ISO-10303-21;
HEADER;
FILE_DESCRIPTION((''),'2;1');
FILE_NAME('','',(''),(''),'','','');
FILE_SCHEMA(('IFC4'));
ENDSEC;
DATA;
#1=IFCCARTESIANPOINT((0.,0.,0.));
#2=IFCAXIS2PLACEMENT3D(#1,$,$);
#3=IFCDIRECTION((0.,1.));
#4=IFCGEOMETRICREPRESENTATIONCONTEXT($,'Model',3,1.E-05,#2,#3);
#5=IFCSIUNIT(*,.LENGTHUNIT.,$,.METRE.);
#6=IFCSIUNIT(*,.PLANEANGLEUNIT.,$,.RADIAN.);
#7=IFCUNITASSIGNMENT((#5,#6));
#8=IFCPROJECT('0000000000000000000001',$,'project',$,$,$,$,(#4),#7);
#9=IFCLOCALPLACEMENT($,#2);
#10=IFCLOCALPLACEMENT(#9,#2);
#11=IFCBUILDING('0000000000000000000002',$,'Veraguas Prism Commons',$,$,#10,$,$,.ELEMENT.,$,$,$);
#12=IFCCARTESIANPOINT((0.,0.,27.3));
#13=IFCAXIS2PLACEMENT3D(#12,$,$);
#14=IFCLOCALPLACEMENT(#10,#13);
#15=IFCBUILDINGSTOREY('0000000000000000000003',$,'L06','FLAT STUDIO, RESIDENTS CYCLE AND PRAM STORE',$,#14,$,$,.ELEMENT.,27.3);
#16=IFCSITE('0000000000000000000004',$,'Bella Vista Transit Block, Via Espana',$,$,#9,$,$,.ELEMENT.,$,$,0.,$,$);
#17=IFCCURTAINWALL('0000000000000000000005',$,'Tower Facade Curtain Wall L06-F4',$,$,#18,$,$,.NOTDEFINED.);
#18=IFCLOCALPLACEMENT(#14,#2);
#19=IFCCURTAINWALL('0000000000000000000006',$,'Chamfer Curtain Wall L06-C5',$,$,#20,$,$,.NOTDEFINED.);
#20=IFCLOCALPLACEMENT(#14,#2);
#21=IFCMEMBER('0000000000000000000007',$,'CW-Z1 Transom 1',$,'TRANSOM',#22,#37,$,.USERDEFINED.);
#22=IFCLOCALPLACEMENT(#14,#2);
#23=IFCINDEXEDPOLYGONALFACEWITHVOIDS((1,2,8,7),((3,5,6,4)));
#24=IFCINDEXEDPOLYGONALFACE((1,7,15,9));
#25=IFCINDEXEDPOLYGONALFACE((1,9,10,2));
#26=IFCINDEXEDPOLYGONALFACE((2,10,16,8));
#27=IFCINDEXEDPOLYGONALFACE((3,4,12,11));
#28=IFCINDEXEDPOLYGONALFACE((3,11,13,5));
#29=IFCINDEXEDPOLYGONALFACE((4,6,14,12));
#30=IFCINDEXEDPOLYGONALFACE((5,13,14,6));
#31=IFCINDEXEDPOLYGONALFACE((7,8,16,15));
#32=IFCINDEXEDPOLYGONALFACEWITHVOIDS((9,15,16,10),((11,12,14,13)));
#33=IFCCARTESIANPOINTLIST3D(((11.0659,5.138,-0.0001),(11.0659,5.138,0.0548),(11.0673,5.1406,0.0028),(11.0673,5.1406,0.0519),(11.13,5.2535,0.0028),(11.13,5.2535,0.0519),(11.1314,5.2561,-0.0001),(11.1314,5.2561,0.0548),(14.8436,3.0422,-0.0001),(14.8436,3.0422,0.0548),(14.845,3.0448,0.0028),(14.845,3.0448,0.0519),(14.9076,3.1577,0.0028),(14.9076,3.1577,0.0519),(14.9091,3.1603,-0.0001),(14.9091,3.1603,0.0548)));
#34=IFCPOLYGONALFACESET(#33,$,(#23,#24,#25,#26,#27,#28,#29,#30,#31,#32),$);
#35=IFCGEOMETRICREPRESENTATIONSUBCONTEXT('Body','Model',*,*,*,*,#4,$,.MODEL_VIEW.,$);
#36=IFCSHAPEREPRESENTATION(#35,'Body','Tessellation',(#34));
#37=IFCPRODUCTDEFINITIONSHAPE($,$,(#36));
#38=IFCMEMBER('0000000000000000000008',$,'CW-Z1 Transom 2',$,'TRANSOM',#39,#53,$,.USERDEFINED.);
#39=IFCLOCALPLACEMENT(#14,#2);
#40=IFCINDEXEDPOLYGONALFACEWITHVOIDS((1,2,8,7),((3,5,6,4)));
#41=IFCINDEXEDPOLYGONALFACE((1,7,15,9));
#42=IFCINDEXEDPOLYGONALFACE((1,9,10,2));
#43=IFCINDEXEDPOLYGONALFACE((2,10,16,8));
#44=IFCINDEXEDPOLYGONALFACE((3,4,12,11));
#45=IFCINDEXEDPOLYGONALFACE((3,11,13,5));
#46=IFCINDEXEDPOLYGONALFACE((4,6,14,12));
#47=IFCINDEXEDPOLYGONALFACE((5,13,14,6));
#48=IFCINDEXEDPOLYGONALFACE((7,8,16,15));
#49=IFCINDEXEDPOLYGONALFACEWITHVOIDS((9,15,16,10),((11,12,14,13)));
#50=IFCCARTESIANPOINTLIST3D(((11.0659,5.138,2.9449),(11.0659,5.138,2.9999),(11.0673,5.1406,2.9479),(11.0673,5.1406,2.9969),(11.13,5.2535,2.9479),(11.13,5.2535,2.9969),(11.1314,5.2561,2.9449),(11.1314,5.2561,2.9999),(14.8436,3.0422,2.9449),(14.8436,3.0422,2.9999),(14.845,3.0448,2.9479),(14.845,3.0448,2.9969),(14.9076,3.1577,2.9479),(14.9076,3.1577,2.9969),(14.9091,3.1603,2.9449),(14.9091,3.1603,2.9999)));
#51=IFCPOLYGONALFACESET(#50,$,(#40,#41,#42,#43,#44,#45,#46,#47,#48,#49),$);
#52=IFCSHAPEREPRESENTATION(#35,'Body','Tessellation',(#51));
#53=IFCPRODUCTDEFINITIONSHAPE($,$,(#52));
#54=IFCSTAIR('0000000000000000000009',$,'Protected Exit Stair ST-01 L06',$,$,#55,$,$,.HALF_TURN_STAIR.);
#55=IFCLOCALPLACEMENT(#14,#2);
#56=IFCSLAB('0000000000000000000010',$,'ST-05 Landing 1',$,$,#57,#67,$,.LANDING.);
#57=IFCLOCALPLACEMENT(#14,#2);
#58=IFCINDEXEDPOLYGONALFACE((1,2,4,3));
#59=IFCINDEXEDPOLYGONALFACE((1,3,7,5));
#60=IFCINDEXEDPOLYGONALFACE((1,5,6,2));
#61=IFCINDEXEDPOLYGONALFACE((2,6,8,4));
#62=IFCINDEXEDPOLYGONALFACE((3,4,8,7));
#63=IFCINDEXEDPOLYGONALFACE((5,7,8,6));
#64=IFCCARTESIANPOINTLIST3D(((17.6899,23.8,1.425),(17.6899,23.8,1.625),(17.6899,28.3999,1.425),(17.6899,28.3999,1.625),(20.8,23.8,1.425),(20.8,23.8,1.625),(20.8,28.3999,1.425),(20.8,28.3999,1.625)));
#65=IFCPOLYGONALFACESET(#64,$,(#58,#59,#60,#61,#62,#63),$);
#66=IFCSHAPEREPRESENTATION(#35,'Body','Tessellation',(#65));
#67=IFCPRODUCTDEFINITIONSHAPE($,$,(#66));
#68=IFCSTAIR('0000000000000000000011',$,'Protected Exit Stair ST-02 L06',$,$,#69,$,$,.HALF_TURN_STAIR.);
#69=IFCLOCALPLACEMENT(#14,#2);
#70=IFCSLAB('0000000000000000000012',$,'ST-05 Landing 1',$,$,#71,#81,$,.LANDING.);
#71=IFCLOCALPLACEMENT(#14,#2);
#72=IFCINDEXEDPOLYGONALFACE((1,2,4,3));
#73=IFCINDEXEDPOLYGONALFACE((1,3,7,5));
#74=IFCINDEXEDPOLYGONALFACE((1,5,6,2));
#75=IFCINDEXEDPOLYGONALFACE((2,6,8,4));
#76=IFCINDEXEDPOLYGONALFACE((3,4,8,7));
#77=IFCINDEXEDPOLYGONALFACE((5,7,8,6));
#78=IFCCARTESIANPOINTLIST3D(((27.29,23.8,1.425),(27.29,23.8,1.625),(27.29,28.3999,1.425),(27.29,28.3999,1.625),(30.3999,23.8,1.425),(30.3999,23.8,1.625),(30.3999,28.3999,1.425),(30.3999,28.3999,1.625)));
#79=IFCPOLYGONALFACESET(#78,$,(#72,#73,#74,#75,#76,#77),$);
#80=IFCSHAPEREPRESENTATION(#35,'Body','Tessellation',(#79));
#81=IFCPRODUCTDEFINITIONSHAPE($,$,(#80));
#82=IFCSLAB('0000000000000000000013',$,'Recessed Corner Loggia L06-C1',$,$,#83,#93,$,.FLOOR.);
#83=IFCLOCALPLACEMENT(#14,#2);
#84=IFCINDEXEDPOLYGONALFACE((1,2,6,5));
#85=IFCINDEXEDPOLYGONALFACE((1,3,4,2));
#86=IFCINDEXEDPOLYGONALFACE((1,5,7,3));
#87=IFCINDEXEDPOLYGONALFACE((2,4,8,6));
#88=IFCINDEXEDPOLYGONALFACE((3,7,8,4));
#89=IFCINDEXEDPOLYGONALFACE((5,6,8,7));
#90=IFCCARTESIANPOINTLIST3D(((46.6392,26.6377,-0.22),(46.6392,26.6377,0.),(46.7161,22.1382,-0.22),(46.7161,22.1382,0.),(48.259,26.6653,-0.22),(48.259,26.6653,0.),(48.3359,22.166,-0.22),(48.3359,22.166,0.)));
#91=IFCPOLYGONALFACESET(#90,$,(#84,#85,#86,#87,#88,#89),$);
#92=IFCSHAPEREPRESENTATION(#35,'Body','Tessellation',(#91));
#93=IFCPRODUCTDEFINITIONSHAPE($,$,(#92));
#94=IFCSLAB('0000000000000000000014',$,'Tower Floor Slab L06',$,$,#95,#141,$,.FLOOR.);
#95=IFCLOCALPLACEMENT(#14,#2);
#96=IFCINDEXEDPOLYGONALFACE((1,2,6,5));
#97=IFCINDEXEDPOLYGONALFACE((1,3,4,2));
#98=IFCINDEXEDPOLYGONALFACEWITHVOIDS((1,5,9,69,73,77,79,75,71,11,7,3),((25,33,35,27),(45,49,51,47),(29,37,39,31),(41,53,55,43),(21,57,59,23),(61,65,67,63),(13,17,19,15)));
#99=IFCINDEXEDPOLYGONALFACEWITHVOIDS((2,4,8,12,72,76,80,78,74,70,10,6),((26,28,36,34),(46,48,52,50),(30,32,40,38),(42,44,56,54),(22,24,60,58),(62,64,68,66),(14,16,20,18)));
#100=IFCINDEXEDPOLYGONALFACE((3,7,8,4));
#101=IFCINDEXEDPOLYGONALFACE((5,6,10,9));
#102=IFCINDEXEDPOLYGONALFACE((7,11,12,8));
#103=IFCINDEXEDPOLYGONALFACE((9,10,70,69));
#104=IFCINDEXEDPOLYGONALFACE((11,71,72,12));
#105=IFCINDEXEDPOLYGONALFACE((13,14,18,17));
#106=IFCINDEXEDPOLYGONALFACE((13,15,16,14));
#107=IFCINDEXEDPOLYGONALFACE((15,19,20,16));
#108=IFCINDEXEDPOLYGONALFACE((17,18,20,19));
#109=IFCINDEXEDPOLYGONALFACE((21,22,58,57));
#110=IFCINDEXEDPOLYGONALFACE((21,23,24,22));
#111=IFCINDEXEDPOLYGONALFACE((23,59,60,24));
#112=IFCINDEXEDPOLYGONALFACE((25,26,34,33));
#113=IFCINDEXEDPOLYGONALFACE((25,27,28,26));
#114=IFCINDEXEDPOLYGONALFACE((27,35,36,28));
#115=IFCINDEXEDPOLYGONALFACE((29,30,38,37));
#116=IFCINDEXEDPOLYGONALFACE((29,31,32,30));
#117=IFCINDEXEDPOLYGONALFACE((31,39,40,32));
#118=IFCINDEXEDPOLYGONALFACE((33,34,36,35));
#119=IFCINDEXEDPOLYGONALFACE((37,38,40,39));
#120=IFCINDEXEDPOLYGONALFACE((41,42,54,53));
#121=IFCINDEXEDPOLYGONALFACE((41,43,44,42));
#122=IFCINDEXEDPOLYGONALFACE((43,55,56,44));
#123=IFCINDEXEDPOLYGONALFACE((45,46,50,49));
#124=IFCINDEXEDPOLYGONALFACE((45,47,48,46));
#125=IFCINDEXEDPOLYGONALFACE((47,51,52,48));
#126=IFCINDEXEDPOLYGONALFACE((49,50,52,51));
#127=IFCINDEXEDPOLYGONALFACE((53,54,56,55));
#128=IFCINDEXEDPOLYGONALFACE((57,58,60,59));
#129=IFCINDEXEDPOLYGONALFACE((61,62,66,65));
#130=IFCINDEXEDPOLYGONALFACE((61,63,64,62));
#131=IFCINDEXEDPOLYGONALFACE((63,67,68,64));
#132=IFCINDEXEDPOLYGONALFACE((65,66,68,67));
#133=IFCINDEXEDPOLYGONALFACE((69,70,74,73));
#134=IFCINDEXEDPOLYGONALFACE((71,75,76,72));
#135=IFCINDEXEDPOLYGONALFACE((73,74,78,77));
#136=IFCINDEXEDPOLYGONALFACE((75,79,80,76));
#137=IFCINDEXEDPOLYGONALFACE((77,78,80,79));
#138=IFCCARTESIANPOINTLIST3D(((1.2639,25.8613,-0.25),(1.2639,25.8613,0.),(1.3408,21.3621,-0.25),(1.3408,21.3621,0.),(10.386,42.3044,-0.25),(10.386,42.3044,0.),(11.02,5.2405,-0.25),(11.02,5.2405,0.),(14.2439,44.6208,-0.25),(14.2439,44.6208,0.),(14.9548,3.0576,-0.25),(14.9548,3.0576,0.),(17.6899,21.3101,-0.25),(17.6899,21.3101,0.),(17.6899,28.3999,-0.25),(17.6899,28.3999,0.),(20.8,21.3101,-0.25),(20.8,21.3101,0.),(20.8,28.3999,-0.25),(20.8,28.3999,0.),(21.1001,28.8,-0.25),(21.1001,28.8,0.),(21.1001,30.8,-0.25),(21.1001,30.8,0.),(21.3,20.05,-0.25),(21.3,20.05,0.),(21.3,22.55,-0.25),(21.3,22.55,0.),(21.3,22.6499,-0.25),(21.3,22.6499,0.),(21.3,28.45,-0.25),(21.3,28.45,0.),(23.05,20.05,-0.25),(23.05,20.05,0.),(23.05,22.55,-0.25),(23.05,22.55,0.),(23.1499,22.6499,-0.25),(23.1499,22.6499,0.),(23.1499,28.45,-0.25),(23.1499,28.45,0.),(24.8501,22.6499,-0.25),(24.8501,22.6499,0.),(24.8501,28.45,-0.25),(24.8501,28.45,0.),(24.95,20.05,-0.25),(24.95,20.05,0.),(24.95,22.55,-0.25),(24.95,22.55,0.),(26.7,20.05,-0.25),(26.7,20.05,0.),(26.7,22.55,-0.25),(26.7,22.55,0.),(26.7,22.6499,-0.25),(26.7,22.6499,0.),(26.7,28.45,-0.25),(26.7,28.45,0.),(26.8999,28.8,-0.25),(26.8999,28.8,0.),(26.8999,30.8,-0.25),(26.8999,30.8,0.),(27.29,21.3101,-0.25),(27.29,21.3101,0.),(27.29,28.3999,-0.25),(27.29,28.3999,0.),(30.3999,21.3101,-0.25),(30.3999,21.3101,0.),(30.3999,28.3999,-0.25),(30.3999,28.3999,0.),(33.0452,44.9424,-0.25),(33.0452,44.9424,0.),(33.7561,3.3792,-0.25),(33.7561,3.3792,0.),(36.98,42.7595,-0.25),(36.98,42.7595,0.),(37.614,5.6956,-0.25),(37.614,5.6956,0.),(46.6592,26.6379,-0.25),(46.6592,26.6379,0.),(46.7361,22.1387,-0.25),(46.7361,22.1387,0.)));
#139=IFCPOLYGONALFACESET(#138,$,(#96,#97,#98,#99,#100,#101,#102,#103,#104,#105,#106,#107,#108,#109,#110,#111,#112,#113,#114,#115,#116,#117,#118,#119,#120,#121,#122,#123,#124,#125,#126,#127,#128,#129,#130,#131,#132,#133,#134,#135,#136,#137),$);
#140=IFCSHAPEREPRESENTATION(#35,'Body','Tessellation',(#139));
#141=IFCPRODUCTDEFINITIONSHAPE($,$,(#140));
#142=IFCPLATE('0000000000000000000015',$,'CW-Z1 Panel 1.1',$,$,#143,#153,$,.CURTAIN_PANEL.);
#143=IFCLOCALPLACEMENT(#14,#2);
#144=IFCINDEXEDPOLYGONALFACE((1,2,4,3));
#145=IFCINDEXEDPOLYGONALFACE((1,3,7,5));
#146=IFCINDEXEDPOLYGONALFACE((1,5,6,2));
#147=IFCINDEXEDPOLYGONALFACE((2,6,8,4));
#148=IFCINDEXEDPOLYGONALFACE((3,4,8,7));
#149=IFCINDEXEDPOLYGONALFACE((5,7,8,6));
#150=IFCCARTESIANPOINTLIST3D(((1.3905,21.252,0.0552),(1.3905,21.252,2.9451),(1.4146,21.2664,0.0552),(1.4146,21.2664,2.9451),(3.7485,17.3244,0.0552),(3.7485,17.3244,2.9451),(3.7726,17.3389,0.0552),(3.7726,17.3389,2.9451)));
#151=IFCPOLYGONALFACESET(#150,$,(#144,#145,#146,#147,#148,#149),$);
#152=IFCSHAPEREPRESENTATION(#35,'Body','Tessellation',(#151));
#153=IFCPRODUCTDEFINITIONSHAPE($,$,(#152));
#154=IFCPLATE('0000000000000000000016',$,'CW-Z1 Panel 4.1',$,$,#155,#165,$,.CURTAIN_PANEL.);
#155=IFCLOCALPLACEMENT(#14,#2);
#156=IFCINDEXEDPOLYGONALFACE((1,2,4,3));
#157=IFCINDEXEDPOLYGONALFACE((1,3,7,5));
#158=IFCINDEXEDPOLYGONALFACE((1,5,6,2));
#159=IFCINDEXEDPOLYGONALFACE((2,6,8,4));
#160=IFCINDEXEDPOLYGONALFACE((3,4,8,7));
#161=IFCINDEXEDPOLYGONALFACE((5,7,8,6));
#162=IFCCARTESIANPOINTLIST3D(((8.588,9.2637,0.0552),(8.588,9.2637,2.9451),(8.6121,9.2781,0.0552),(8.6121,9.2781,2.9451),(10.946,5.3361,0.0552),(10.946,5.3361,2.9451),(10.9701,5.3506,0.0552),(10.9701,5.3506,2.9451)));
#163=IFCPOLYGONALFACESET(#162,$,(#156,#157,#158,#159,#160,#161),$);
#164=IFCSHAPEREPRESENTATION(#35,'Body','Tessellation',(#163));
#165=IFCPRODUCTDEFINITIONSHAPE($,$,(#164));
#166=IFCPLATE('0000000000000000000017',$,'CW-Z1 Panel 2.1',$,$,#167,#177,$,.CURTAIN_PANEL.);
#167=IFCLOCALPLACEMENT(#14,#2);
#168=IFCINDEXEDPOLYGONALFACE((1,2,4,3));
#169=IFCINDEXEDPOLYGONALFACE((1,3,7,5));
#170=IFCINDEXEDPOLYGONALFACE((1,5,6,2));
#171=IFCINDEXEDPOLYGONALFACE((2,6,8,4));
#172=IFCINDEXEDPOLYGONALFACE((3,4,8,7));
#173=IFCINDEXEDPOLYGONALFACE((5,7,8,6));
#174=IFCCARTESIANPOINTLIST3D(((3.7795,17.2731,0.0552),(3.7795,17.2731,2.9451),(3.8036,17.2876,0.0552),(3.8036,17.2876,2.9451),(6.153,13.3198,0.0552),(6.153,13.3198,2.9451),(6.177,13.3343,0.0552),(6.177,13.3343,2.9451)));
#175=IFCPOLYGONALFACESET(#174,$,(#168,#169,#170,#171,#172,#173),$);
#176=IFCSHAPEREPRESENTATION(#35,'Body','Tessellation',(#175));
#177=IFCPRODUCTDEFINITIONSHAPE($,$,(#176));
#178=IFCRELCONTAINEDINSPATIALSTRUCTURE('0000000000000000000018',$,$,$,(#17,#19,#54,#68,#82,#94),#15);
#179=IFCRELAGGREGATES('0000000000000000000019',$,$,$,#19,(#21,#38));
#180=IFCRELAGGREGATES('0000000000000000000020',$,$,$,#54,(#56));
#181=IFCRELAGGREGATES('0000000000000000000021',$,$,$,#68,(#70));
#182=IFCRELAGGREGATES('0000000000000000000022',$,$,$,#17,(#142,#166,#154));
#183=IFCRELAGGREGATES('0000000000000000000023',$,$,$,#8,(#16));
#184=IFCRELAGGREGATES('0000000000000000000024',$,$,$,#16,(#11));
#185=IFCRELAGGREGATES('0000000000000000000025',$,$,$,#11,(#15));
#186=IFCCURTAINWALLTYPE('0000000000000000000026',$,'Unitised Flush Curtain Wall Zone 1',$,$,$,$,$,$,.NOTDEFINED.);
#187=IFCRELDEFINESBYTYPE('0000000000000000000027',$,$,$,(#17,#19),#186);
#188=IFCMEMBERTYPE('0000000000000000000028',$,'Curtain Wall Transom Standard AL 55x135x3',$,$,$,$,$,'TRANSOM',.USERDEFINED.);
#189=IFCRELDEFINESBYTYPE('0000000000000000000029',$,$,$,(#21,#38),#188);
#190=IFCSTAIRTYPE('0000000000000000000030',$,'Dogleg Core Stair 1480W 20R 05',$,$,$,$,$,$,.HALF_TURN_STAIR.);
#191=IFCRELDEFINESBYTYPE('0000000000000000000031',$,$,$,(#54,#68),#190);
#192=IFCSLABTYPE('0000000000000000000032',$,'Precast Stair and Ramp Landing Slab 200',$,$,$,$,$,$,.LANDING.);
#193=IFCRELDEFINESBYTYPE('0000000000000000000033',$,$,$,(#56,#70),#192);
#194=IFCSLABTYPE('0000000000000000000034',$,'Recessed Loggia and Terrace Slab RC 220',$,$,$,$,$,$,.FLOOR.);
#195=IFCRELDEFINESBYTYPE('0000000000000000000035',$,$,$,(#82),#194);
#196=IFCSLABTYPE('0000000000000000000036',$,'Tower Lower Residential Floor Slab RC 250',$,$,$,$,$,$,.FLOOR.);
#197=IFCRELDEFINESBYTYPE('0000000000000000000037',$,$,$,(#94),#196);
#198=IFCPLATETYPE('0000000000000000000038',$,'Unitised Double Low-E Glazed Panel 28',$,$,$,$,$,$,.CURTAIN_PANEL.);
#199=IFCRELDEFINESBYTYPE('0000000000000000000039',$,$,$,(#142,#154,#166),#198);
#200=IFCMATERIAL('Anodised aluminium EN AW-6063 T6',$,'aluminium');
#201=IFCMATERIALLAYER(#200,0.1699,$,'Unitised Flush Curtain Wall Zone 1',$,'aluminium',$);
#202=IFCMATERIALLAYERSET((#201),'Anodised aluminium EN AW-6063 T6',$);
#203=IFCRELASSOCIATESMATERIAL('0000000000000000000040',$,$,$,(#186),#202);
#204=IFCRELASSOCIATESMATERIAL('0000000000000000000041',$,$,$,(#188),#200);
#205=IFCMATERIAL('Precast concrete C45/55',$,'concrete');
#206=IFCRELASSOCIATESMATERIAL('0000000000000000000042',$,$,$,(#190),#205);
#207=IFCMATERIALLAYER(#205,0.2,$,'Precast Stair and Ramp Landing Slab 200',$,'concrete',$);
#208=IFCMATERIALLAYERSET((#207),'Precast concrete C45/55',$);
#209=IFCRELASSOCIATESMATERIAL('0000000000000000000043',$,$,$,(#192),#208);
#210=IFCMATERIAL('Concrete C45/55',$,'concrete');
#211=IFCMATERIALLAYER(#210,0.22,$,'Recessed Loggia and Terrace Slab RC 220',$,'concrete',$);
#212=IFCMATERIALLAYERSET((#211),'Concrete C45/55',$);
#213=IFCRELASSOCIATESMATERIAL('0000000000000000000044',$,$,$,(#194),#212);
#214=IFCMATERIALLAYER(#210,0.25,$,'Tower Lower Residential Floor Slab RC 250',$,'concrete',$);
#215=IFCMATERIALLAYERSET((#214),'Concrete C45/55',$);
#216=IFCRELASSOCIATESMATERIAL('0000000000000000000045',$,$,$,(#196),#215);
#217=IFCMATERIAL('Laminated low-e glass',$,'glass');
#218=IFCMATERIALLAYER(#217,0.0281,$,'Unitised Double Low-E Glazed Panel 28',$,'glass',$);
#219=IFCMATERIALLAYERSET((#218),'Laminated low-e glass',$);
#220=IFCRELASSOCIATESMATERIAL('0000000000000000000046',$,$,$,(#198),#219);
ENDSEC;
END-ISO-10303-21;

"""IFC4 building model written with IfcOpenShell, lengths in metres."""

from ifc_helpers import new_model, si_unit, direction, frame, origin, origin_2d, place, context, subcontext, project, spatial, polyline, rectangle, hollow_rectangle, outline, extrude, source, transform, mapped, material, layer, layer_set, material_profile, profile_set, type_object, element, aggregate, save


model = new_model("IFC4")

# Units and contexts
model_context = context("Model", 3, precision=1e-05, world=origin(), true_north=direction((0.0, 1.0)))
body_context = subcontext(model_context, "Body", "Model", "MODEL_VIEW")
ifc_project = project(units=[si_unit("LENGTHUNIT", "METRE"), si_unit("PLANEANGLEUNIT", "RADIAN")], contexts=[model_context])

# Site, building, storey
site_placement = place(None, origin())
site = spatial("IfcSite", under=ifc_project, at=site_placement, Name="Bella Vista Transit Block, Via Espana", CompositionType="ELEMENT", RefElevation=0.0)
building_placement = place(site_placement, origin())
building = spatial("IfcBuilding", under=site, at=building_placement, Name="Veraguas Prism Commons", CompositionType="ELEMENT")
storey_placement = place(building_placement, frame((0.0, 0.0, 27.3)))
storey = spatial("IfcBuildingStorey", under=building, at=storey_placement, Name="L06", Description="FLAT STUDIO, RESIDENTS CYCLE AND PRAM STORE", CompositionType="ELEMENT", Elevation=27.3)

# Curtain walls, members
ifc_material_1 = material(Name="Anodised aluminium EN AW-6063 T6", Category="aluminium")
ifc_layer_1 = layer(ifc_material_1, 0.1699, Name="Unitised Flush Curtain Wall Zone 1", Category="aluminium")
ifc_layer_set_1 = layer_set([ifc_layer_1], Name="Anodised aluminium EN AW-6063 T6")
curtain_wall_type = type_object("IfcCurtainWallType", Name="Unitised Flush Curtain Wall Zone 1", PredefinedType="NOTDEFINED", material=ifc_layer_set_1)
curtain_wall_1_placement = place(storey_placement, origin())
curtain_wall_1 = element("IfcCurtainWall", 1, at=curtain_wall_1_placement, inside=storey, type_object=curtain_wall_type, Name="Tower Facade Curtain Wall L06-F4", PredefinedType="NOTDEFINED")
curtain_wall_2_placement = place(storey_placement, origin())
curtain_wall_2 = element("IfcCurtainWall", 2, at=curtain_wall_2_placement, inside=storey, type_object=curtain_wall_type, Name="Chamfer Curtain Wall L06-C5", PredefinedType="NOTDEFINED")
ifc_material_profile_1 = material_profile(ifc_material_1, hollow_rectangle(XDim=0.0549, YDim=0.135, WallThickness=0.0029, at=origin_2d()), Name="AL55X135X3")
ifc_profile_set_1 = profile_set([ifc_material_profile_1], Name="Anodised aluminium EN AW-6063 T6")
member_type_1 = type_object("IfcMemberType", Name="Curtain Wall Transom Standard AL 55x135x3", ElementType="TRANSOM", PredefinedType="USERDEFINED", material=ifc_profile_set_1)
shared_shape_1 = source(origin(), body_context, "Body", "SweptSolid", [
    extrude(hollow_rectangle(XDim=0.0549, YDim=0.135, WallThickness=0.0029, at=origin_2d()), origin(), (0.0, 0.0, 1.0), 4.3201),
])
member_1_placement = place(storey_placement, frame((11.0986, 5.197, 0.0273), z_axis=(0.874448, -0.48512, 0.0), x_axis=(0.0, 0.0, 1.0)))
member_1 = element("IfcMember", 3, at=member_1_placement, type_object=member_type_1, Name="CW-Z1 Transom 1", ObjectType="TRANSOM", PredefinedType="USERDEFINED", context=body_context, shape_type="MappedRepresentation", body=[
    mapped(shared_shape_1, transform((0.0, 0.0, 0.0), scale=1.0)),
])
member_2_placement = place(storey_placement, frame((11.0986, 5.197, 2.9724), z_axis=(0.874448, -0.48512, 0.0), x_axis=(0.0, 0.0, 1.0)))
member_2 = element("IfcMember", 4, at=member_2_placement, type_object=member_type_1, Name="CW-Z1 Transom 2", ObjectType="TRANSOM", PredefinedType="USERDEFINED", context=body_context, shape_type="MappedRepresentation", body=[
    mapped(shared_shape_1, transform((0.0, 0.0, 0.0), scale=1.0)),
])
aggregate(curtain_wall_2, [member_1, member_2])

# Stairs, slabs
ifc_material_2 = material(Name="Precast concrete C45/55", Category="concrete")
stair_type = type_object("IfcStairType", Name="Dogleg Core Stair 1480W 20R 05", PredefinedType="HALF_TURN_STAIR", material=ifc_material_2)
stair_1_placement = place(storey_placement, origin())
stair_1 = element("IfcStair", 5, at=stair_1_placement, inside=storey, type_object=stair_type, Name="Protected Exit Stair ST-01 L06", PredefinedType="HALF_TURN_STAIR")
ifc_layer_2 = layer(ifc_material_2, 0.2, Name="Precast Stair and Ramp Landing Slab 200", Category="concrete")
ifc_layer_set_2 = layer_set([ifc_layer_2], Name="Precast concrete C45/55")
slab_type_1 = type_object("IfcSlabType", Name="Precast Stair and Ramp Landing Slab 200", PredefinedType="LANDING", material=ifc_layer_set_2)
slab_1_placement = place(storey_placement, frame((0.0, 0.0, 1.425)))
slab_1 = element("IfcSlab", 6, at=slab_1_placement, type_object=slab_type_1, Name="ST-05 Landing 1", PredefinedType="LANDING", context=body_context, shape_type="SweptSolid", body=[
    extrude(outline(polyline([(20.8, 23.8), (20.8, 28.3999), (17.6899, 28.3999), (17.6899, 23.8), (20.8, 23.8)])), origin(), (0.0, 0.0, 1.0), 0.2),
])
aggregate(stair_1, [slab_1])
stair_2_placement = place(storey_placement, origin())
stair_2 = element("IfcStair", 7, at=stair_2_placement, inside=storey, type_object=stair_type, Name="Protected Exit Stair ST-02 L06", PredefinedType="HALF_TURN_STAIR")
slab_2_placement = place(storey_placement, frame((0.0, 0.0, 1.425)))
slab_2 = element("IfcSlab", 8, at=slab_2_placement, type_object=slab_type_1, Name="ST-05 Landing 1", PredefinedType="LANDING", context=body_context, shape_type="SweptSolid", body=[
    extrude(outline(polyline([(30.3999, 23.8), (30.3999, 28.3999), (27.29, 28.3999), (27.29, 23.8), (30.3999, 23.8)])), origin(), (0.0, 0.0, 1.0), 0.2),
])
aggregate(stair_2, [slab_2])

# Slabs
ifc_material_3 = material(Name="Concrete C45/55", Category="concrete")
ifc_layer_3 = layer(ifc_material_3, 0.22, Name="Recessed Loggia and Terrace Slab RC 220", Category="concrete")
ifc_layer_set_3 = layer_set([ifc_layer_3], Name="Concrete C45/55")
slab_type_2 = type_object("IfcSlabType", Name="Recessed Loggia and Terrace Slab RC 220", PredefinedType="FLOOR", material=ifc_layer_set_3)
slab_3_placement = place(storey_placement, frame((0.0, 0.0, -0.22)))
element("IfcSlab", 9, at=slab_3_placement, inside=storey, type_object=slab_type_2, Name="Recessed Corner Loggia L06-C1", PredefinedType="FLOOR", context=body_context, shape_type="SweptSolid", body=[
    extrude(outline(polyline([(46.7161, 22.1382), (48.3359, 22.166), (48.259, 26.6653), (46.6392, 26.6377), (46.7161, 22.1382)])), origin(), (0.0, 0.0, 1.0), 0.22),
])
ifc_layer_4 = layer(ifc_material_3, 0.25, Name="Tower Lower Residential Floor Slab RC 250", Category="concrete")
ifc_layer_set_4 = layer_set([ifc_layer_4], Name="Concrete C45/55")
slab_type_3 = type_object("IfcSlabType", Name="Tower Lower Residential Floor Slab RC 250", PredefinedType="FLOOR", material=ifc_layer_set_4)
slab_4_placement = place(storey_placement, frame((0.0, 0.0, -0.25)))
element("IfcSlab", 10, at=slab_4_placement, inside=storey, type_object=slab_type_3, Name="Tower Floor Slab L06", PredefinedType="FLOOR", context=body_context, shape_type="SweptSolid", body=[
    extrude(outline(polyline([(46.7361, 22.1387), (46.6592, 26.6379), (36.98, 42.7595), (33.0452, 44.9424), (14.2439, 44.6208), (10.386, 42.3044), (1.2639, 25.8613), (1.3408, 21.3621), (11.02, 5.2405), (14.9548, 3.0576), (33.7561, 3.3792), (37.614, 5.6956), (46.7361, 22.1387)]), holes=[polyline([(20.8, 21.3101), (20.8, 28.3999), (17.6899, 28.3999), (17.6899, 21.3101), (20.8, 21.3101)]), polyline([(30.3999, 21.3101), (30.3999, 28.3999), (27.29, 28.3999), (27.29, 21.3101), (30.3999, 21.3101)]), polyline([(21.3, 22.6499), (23.1499, 22.6499), (23.1499, 28.45), (21.3, 28.45), (21.3, 22.6499)]), polyline([(24.8501, 22.6499), (26.7, 22.6499), (26.7, 28.45), (24.8501, 28.45), (24.8501, 22.6499)]), polyline([(21.1001, 28.8), (26.8999, 28.8), (26.8999, 30.8), (21.1001, 30.8), (21.1001, 28.8)]), polyline([(21.3, 20.05), (23.05, 20.05), (23.05, 22.55), (21.3, 22.55), (21.3, 20.05)]), polyline([(24.95, 20.05), (26.7, 20.05), (26.7, 22.55), (24.95, 22.55), (24.95, 20.05)])]), origin(), (0.0, 0.0, 1.0), 0.25),
])

# Plates
ifc_material_4 = material(Name="Laminated low-e glass", Category="glass")
ifc_layer_5 = layer(ifc_material_4, 0.0281, Name="Unitised Double Low-E Glazed Panel 28", Category="glass")
ifc_layer_set_5 = layer_set([ifc_layer_5], Name="Laminated low-e glass")
plate_type = type_object("IfcPlateType", Name="Unitised Double Low-E Glazed Panel 28", PredefinedType="CURTAIN_PANEL", material=ifc_layer_set_5)
shared_shape_2 = source(origin(), body_context, "Body", "SweptSolid", [
    extrude(rectangle(XDim=4.5811, YDim=0.0281, at=origin_2d()), origin(), (0.0, 0.0, 1.0), 2.8899),
])
plate_1_placement = place(storey_placement, frame((2.5815, 19.2954, 0.0552), z_axis=(0.0, 0.0, 1.0), x_axis=(0.514734, -0.85735, 0.0)))
plate_1 = element("IfcPlate", 11, at=plate_1_placement, type_object=plate_type, Name="CW-Z1 Panel 1.1", PredefinedType="CURTAIN_PANEL", context=body_context, shape_type="MappedRepresentation", body=[
    mapped(shared_shape_2, transform((0.0, 0.0, 0.0), scale=1.0)),
])
plate_2_placement = place(storey_placement, frame((9.7791, 7.3071, 0.0552), z_axis=(0.0, 0.0, 1.0), x_axis=(0.514734, -0.85735, 0.0)))
plate_2 = element("IfcPlate", 12, at=plate_2_placement, type_object=plate_type, Name="CW-Z1 Panel 4.1", PredefinedType="CURTAIN_PANEL", context=body_context, shape_type="MappedRepresentation", body=[
    mapped(shared_shape_2, transform((0.0, 0.0, 0.0), scale=1.0)),
])
shared_shape_3 = source(origin(), body_context, "Body", "SweptSolid", [
    extrude(rectangle(XDim=4.6111, YDim=0.0281, at=origin_2d()), origin(), (0.0, 0.0, 1.0), 2.8899),
])
plate_3_placement = place(storey_placement, frame((4.9783, 15.3037, 0.0552), z_axis=(0.0, 0.0, 1.0), x_axis=(0.514734, -0.85735, 0.0)))
plate_3 = element("IfcPlate", 13, at=plate_3_placement, type_object=plate_type, Name="CW-Z1 Panel 2.1", PredefinedType="CURTAIN_PANEL", context=body_context, shape_type="MappedRepresentation", body=[
    mapped(shared_shape_3, transform((0.0, 0.0, 0.0), scale=1.0)),
])
aggregate(curtain_wall_1, [plate_1, plate_3, plate_2])

save(model, "model.ifc")
